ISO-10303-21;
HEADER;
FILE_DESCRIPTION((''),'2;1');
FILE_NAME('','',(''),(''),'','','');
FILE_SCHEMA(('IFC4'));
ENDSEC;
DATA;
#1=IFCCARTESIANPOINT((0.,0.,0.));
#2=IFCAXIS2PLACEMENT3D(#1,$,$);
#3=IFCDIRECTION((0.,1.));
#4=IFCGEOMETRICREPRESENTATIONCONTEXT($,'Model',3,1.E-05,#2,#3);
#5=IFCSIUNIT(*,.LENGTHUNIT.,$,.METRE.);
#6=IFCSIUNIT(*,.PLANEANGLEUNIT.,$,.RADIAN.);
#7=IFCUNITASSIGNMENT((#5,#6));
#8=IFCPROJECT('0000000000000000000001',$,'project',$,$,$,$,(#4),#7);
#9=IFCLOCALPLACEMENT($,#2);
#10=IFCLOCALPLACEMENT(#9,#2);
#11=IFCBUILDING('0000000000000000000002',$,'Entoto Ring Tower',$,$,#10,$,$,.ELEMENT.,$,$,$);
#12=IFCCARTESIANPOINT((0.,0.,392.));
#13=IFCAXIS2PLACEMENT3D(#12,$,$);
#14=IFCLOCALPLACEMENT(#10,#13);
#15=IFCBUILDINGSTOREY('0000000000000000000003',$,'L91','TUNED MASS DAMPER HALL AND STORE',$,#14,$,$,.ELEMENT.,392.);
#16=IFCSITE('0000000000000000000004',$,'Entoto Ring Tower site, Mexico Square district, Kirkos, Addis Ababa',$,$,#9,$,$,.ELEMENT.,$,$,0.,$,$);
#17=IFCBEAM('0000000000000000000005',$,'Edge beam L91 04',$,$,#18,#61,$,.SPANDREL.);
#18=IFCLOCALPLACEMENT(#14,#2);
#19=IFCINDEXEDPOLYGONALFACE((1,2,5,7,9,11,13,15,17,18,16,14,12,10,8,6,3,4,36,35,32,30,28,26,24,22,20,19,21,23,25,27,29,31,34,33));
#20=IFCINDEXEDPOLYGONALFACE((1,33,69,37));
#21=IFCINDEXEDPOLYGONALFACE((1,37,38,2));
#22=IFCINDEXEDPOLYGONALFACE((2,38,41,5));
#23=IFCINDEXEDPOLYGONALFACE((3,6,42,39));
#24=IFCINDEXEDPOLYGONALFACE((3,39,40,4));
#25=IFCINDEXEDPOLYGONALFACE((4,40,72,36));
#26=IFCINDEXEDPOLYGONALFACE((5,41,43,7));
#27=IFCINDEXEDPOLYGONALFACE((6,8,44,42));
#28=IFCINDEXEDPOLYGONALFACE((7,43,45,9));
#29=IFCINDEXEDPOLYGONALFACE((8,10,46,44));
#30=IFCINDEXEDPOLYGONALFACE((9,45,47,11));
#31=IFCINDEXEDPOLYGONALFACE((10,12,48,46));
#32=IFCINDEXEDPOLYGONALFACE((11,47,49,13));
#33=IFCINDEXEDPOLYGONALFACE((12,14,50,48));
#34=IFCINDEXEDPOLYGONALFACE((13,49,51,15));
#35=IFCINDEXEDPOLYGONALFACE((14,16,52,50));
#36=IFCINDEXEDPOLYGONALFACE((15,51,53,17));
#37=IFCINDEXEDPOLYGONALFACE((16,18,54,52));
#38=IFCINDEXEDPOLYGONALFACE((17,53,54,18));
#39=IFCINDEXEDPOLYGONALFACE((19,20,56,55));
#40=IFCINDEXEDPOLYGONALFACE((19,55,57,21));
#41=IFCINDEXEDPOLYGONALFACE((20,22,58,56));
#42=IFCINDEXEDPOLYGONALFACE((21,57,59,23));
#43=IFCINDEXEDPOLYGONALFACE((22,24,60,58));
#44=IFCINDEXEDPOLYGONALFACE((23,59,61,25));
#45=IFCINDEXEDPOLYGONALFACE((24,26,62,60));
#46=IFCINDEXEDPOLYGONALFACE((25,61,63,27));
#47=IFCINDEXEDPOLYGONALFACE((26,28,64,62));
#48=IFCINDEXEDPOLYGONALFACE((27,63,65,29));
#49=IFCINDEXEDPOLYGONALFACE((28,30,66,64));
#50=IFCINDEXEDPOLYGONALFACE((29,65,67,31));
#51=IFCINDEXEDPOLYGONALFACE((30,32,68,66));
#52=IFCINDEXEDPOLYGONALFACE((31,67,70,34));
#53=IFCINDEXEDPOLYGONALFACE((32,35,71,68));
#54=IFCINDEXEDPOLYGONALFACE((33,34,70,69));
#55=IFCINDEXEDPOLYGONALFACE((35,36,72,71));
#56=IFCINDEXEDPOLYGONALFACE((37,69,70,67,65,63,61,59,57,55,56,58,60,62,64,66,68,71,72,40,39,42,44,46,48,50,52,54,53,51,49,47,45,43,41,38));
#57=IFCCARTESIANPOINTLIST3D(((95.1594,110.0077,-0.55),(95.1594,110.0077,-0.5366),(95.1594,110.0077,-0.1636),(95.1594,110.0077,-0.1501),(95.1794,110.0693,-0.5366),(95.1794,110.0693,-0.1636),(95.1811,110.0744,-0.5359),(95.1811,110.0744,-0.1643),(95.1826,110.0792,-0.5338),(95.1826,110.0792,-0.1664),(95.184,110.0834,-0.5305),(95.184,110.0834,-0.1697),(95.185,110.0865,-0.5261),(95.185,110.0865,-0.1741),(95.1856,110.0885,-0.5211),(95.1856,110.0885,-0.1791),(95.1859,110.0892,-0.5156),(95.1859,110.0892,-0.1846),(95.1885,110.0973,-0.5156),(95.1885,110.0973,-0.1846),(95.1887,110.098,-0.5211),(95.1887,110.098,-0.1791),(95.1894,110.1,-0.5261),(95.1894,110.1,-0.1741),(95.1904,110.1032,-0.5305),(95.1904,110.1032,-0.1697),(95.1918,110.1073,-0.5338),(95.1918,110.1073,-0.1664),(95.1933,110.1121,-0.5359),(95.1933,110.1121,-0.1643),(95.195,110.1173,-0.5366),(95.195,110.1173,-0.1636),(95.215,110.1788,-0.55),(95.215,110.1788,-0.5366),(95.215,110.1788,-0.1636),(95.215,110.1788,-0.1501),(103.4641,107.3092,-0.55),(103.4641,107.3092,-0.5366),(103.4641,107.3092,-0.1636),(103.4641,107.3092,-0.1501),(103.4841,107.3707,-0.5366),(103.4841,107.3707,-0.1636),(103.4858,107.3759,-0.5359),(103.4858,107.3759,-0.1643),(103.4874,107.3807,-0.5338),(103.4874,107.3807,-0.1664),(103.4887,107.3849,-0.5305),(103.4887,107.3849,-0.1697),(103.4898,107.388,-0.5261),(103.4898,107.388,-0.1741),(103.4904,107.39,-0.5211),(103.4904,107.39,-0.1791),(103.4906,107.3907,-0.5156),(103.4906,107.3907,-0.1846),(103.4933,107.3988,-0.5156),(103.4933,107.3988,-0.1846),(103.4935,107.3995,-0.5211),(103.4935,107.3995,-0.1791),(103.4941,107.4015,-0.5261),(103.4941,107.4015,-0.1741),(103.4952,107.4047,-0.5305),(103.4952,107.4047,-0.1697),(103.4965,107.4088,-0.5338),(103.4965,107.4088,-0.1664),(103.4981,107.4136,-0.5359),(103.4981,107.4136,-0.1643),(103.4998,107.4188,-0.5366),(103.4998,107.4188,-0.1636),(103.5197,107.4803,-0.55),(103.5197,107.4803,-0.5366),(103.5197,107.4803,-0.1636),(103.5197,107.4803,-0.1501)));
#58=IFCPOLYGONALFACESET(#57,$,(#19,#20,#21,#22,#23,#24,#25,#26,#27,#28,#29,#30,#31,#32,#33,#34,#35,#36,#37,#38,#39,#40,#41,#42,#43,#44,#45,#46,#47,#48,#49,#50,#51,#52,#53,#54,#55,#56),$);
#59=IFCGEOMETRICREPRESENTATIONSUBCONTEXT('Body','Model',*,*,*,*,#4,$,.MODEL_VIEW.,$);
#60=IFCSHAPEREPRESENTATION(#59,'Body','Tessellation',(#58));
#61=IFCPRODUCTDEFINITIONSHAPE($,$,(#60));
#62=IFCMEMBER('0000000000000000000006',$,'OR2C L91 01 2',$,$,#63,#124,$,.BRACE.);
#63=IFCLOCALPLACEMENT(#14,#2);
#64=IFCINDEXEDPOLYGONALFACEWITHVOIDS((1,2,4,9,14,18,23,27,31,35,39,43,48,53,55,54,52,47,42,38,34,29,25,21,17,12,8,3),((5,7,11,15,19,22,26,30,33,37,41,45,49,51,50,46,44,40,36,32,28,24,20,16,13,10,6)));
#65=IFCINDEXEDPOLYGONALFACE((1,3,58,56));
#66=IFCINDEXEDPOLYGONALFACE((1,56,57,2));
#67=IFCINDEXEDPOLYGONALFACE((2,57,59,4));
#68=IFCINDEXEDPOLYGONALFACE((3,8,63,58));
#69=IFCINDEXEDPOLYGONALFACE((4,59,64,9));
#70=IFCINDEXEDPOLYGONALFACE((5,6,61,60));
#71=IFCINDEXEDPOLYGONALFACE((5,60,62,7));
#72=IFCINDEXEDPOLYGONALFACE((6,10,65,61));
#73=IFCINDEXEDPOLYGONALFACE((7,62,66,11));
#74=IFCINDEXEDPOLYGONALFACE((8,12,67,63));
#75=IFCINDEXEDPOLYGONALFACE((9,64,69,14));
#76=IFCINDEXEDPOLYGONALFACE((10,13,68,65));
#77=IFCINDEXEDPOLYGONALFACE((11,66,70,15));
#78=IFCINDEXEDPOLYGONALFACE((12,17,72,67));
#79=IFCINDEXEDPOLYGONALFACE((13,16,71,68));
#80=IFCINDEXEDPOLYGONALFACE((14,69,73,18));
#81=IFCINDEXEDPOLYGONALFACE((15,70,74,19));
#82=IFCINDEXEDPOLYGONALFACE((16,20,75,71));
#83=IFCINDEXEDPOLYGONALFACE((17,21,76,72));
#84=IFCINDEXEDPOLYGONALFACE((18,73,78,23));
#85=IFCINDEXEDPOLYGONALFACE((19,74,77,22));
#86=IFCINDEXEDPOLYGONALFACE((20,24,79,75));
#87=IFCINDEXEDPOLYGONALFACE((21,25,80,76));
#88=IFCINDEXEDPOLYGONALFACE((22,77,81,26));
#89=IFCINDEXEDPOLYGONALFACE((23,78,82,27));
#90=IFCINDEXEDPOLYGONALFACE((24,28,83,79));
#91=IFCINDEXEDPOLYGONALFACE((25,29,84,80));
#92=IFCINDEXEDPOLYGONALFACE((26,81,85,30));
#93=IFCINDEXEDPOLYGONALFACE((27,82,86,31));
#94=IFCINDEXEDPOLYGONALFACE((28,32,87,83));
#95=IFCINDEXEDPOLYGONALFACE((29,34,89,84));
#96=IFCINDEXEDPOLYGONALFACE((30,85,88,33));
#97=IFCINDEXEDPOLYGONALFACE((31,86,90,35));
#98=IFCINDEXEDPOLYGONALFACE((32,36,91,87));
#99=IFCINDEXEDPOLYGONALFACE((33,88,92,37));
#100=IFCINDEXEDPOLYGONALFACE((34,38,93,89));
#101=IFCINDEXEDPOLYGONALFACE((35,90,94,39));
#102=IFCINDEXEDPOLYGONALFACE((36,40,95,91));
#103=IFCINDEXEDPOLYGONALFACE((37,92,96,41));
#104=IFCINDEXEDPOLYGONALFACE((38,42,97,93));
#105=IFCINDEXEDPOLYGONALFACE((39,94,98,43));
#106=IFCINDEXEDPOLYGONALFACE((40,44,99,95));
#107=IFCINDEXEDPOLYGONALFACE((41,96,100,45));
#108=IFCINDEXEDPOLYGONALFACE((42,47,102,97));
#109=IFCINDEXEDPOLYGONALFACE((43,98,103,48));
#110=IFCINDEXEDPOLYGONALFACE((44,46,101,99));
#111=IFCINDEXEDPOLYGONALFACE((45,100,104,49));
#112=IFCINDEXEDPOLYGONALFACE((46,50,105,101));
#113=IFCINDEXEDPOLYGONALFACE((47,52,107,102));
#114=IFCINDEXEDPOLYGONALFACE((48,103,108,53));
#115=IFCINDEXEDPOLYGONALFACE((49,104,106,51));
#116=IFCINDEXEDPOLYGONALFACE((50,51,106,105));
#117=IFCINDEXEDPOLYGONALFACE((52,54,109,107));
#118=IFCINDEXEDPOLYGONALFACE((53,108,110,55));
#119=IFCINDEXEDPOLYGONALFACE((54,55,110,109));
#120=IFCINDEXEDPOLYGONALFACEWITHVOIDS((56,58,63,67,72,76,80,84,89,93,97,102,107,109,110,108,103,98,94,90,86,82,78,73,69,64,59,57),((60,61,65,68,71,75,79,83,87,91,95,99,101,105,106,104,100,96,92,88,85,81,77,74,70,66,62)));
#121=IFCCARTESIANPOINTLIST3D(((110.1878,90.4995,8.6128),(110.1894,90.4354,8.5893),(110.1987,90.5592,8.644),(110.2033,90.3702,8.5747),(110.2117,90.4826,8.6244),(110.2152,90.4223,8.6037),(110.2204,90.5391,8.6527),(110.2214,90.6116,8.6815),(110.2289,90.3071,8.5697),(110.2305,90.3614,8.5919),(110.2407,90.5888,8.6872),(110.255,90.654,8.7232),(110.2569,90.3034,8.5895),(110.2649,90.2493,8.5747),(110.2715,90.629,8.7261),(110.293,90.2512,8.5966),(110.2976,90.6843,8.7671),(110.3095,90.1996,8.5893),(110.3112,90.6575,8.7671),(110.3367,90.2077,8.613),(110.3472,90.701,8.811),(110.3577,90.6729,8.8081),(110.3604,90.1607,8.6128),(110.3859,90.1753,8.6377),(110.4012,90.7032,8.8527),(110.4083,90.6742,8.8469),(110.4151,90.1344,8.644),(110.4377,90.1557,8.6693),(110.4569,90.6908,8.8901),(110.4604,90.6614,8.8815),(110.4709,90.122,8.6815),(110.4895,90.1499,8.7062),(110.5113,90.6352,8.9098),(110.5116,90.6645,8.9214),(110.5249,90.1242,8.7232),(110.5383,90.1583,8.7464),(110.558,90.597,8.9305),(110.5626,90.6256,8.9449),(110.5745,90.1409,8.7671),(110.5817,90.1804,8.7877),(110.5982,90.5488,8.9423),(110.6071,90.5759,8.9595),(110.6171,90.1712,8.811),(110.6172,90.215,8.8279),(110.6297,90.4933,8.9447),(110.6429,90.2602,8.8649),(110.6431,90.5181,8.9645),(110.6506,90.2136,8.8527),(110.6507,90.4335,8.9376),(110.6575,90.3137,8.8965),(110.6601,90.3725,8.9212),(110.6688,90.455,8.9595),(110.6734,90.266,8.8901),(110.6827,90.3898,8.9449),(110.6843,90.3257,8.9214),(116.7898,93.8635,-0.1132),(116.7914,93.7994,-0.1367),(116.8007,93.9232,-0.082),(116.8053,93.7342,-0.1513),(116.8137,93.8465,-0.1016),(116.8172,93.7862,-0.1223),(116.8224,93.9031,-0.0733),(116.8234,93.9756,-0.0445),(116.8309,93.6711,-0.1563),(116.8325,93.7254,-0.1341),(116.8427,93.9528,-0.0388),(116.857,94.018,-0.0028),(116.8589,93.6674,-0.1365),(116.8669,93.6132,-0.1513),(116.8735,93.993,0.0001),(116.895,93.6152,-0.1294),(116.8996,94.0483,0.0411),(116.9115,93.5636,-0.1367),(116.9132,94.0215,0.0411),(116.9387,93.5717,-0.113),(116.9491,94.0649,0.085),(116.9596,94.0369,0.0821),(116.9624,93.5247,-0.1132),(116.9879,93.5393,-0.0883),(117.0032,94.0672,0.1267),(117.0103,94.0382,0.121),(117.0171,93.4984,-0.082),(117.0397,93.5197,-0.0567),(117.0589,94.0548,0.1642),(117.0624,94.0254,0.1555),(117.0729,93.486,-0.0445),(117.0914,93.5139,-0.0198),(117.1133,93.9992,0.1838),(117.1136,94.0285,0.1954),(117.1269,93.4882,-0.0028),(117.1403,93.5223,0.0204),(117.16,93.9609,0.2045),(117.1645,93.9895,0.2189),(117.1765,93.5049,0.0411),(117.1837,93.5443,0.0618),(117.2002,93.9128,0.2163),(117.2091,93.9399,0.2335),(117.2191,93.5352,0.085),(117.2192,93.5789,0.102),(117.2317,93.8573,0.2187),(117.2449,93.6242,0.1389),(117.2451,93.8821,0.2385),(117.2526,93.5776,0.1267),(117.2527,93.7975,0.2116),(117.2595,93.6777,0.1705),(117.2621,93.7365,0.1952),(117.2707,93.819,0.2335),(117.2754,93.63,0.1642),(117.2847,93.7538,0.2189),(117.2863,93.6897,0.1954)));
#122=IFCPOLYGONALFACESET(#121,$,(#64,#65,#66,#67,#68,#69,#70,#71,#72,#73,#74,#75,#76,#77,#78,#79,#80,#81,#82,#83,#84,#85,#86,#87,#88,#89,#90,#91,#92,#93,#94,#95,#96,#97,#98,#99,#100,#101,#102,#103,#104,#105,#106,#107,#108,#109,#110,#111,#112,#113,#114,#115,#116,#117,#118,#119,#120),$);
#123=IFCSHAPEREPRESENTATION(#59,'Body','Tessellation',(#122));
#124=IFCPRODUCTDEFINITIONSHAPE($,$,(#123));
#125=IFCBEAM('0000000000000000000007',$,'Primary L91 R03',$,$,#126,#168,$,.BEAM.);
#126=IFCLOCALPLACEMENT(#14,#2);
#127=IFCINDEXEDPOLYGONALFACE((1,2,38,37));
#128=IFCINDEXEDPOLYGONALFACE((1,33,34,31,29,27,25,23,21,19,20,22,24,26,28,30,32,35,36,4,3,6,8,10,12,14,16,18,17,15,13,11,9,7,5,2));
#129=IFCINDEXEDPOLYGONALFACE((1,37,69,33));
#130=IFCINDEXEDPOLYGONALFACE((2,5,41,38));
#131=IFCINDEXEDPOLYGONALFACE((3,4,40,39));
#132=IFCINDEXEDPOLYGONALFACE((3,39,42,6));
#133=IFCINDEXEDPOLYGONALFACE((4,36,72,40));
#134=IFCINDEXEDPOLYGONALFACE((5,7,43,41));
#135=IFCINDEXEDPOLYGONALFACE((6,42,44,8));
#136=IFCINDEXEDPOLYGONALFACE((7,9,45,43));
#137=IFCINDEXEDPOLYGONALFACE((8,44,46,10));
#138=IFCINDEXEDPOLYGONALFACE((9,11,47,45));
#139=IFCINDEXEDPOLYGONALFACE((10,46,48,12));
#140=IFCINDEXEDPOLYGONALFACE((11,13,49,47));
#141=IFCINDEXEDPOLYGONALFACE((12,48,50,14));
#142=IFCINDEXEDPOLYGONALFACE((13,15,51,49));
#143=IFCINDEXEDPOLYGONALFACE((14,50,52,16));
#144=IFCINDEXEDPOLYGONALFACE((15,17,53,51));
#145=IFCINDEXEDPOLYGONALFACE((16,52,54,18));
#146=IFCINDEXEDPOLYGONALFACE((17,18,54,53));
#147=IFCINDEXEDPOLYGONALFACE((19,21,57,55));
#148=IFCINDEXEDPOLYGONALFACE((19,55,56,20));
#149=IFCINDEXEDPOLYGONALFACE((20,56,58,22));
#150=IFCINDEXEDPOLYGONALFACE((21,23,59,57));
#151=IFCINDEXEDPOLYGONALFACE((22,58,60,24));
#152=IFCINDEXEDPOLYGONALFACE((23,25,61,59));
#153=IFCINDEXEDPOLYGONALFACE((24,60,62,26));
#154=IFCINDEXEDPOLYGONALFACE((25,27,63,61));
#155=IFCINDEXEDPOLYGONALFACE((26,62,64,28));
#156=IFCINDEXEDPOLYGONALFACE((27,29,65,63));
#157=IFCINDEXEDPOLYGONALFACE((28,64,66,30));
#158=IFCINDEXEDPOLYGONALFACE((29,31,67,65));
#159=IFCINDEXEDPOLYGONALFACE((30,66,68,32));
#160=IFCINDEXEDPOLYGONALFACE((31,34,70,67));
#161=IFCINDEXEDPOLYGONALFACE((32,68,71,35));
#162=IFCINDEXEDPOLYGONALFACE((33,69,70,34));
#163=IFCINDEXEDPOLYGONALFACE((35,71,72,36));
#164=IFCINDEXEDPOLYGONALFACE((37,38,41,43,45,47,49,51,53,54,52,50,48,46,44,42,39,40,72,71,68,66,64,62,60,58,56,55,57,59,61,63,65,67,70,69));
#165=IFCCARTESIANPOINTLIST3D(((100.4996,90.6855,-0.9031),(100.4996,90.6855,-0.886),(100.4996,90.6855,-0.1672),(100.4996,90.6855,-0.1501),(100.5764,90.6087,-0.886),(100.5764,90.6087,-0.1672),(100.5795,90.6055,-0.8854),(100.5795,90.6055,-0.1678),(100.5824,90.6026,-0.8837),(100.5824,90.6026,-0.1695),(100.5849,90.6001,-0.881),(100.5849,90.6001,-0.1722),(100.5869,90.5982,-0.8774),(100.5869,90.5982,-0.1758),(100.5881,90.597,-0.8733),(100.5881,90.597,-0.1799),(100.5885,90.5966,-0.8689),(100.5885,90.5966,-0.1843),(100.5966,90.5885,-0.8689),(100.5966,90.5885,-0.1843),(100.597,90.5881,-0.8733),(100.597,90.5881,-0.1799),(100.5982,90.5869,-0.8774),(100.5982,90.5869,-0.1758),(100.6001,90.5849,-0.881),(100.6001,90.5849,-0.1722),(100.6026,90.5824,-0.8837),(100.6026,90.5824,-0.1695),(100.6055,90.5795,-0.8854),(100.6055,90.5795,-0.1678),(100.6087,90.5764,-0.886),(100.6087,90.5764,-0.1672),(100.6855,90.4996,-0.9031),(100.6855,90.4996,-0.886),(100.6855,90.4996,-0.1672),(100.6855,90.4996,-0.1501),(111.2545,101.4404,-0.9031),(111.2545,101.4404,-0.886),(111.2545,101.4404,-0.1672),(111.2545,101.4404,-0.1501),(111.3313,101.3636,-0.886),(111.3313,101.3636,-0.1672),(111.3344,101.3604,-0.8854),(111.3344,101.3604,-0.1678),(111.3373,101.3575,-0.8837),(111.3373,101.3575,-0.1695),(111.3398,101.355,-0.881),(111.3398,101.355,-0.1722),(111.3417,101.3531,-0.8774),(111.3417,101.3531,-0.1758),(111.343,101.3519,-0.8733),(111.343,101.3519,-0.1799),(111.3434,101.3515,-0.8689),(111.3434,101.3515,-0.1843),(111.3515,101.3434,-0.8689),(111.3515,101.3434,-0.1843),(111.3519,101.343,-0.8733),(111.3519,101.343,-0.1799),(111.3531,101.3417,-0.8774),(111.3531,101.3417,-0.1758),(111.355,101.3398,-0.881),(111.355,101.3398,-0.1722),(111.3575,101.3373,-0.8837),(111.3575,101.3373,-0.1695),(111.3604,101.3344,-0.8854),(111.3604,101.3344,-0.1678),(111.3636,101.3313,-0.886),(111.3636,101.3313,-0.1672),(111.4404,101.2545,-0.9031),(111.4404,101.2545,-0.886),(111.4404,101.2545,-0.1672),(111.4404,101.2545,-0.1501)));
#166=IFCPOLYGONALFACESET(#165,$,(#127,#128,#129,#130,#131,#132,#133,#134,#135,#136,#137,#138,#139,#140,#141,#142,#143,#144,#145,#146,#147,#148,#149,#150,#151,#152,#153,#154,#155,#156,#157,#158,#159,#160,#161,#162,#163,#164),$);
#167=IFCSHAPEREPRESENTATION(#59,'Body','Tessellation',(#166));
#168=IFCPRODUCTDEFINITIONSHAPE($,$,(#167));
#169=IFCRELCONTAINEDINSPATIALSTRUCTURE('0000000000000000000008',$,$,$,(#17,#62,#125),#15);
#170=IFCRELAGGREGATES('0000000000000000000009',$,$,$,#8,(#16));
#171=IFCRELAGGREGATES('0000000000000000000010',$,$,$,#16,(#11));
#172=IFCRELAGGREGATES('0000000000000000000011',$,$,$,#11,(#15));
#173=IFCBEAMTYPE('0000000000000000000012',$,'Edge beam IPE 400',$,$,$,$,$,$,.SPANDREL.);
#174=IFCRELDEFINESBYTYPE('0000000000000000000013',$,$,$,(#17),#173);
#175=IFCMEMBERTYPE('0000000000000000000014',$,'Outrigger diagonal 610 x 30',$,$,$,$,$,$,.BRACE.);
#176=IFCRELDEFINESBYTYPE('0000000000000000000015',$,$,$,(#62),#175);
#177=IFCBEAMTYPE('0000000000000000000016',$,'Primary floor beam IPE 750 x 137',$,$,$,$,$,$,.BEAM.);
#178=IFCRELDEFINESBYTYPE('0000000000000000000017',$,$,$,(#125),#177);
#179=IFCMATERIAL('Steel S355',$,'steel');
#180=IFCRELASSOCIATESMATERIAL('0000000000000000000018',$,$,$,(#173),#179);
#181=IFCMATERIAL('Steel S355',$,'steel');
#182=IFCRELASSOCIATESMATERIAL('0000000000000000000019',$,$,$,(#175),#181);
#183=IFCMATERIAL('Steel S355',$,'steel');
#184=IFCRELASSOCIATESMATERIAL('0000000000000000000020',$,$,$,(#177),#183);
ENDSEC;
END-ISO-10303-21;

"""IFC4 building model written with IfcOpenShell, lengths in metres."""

from ifc_helpers import new_model, si_unit, direction, frame, origin, origin_2d, place, context, subcontext, project, spatial, circle, hollow_circle, i_section, extrude, material, material_profile, profile_set, type_object, element, save


model = new_model("IFC4")

# Units and contexts
model_context = context("Model", 3, precision=1e-05, world=origin(), true_north=direction((0.0, 1.0)))
body_context = subcontext(model_context, "Body", "Model", "MODEL_VIEW")
ifc_project = project(units=[si_unit("LENGTHUNIT", "METRE"), si_unit("PLANEANGLEUNIT", "RADIAN")], contexts=[model_context])

# Site, building, storey
site_placement = place(None, origin())
site = spatial("IfcSite", under=ifc_project, at=site_placement, Name="Entoto Ring Tower site, Mexico Square district, Kirkos, Addis Ababa", CompositionType="ELEMENT", RefElevation=0.0)
building_placement = place(site_placement, origin())
building = spatial("IfcBuilding", under=site, at=building_placement, Name="Entoto Ring Tower", CompositionType="ELEMENT")
storey_placement = place(building_placement, frame((0.0, 0.0, 392.0)))
storey = spatial("IfcBuildingStorey", under=building, at=storey_placement, Name="L91", Description="TUNED MASS DAMPER HALL AND STORE", CompositionType="ELEMENT", Elevation=392.0)

# Beam
ifc_material_1 = material(Name="Steel S355", Category="steel")
ifc_material_profile_1 = material_profile(ifc_material_1, i_section(OverallWidth=0.1799, OverallDepth=0.3999, WebThickness=0.0085, FlangeThickness=0.0134, FilletRadius=0.021, at=origin_2d()), Name="IPE 400")
ifc_profile_set_1 = profile_set([ifc_material_profile_1], Name="Steel S355")
beam_type_1 = type_object("IfcBeamType", Name="Edge beam IPE 400", PredefinedType="SPANDREL", material=ifc_profile_set_1)
beam_1_placement = place(storey_placement, frame((103.4919, 107.3948, -0.3501), z_axis=(-0.951052, 0.30903, 0.0), x_axis=(-0.30903, -0.951052, 0.0)))
element("IfcBeam", 1, at=beam_1_placement, inside=storey, type_object=beam_type_1, Name="Edge beam L91 04", PredefinedType="SPANDREL", context=body_context, shape_type="SweptSolid", body=[
    extrude(i_section(OverallWidth=0.1799, OverallDepth=0.3999, WebThickness=0.0085, FlangeThickness=0.0134, FilletRadius=0.021, at=origin_2d()), origin(), (0.0, 0.0, 1.0), 8.7322),
])

# Member
ifc_material_2 = material(Name="Steel S355", Category="steel")
ifc_material_profile_2 = material_profile(ifc_material_2, hollow_circle(Radius=0.3049, WallThickness=0.03, at=origin_2d()), Name="CHS 610 x 30")
ifc_material_3 = material(Name="Concrete C60/75", Category="concrete")
ifc_material_profile_3 = material_profile(ifc_material_3, circle(Radius=0.2749, at=origin_2d()), Name="Concrete C60/75 infill")
ifc_profile_set_2 = profile_set([ifc_material_profile_2, ifc_material_profile_3], Name="Steel S355")
member_type_1 = type_object("IfcMemberType", Name="Outrigger diagonal 610 x 30", PredefinedType="BRACE", material=ifc_profile_set_2)
member_1_placement = place(storey_placement, frame((110.436, 90.4126, 8.7671), z_axis=(0.576718, 0.293861, -0.762261), x_axis=(-0.454001, 0.891001, 0.0)))
element("IfcMember", 2, at=member_1_placement, inside=storey, type_object=member_type_1, Name="OR2C L91 01 2", PredefinedType="BRACE", context=body_context, shape_type="SweptSolid", body=[
    extrude(hollow_circle(Radius=0.3049, WallThickness=0.03, at=origin_2d()), origin(), (0.0, 0.0, 1.0), 11.4475),
])

# Beam
ifc_material_4 = material(Name="Steel S355", Category="steel")
ifc_material_profile_4 = material_profile(ifc_material_4, i_section(OverallWidth=0.2629, OverallDepth=0.7529, WebThickness=0.0115, FlangeThickness=0.0171, FilletRadius=0.0171, at=origin_2d()), Name="IPE 750 x 137")
ifc_profile_set_3 = profile_set([ifc_material_profile_4], Name="Steel S355")
beam_type_2 = type_object("IfcBeamType", Name="Primary floor beam IPE 750 x 137", PredefinedType="BEAM", material=ifc_profile_set_3)
beam_2_placement = place(storey_placement, frame((100.5925, 90.5925, -0.5266), z_axis=(0.707107, 0.707107, 0.0), x_axis=(-0.707107, 0.707107, 0.0)))
element("IfcBeam", 3, at=beam_2_placement, inside=storey, type_object=beam_type_2, Name="Primary L91 R03", PredefinedType="BEAM", context=body_context, shape_type="SweptSolid", body=[
    extrude(i_section(OverallWidth=0.2629, OverallDepth=0.7529, WebThickness=0.0115, FlangeThickness=0.0171, FilletRadius=0.0171, at=origin_2d()), origin(), (0.0, 0.0, 1.0), 15.2097),
])

save(model, "model.ifc")
